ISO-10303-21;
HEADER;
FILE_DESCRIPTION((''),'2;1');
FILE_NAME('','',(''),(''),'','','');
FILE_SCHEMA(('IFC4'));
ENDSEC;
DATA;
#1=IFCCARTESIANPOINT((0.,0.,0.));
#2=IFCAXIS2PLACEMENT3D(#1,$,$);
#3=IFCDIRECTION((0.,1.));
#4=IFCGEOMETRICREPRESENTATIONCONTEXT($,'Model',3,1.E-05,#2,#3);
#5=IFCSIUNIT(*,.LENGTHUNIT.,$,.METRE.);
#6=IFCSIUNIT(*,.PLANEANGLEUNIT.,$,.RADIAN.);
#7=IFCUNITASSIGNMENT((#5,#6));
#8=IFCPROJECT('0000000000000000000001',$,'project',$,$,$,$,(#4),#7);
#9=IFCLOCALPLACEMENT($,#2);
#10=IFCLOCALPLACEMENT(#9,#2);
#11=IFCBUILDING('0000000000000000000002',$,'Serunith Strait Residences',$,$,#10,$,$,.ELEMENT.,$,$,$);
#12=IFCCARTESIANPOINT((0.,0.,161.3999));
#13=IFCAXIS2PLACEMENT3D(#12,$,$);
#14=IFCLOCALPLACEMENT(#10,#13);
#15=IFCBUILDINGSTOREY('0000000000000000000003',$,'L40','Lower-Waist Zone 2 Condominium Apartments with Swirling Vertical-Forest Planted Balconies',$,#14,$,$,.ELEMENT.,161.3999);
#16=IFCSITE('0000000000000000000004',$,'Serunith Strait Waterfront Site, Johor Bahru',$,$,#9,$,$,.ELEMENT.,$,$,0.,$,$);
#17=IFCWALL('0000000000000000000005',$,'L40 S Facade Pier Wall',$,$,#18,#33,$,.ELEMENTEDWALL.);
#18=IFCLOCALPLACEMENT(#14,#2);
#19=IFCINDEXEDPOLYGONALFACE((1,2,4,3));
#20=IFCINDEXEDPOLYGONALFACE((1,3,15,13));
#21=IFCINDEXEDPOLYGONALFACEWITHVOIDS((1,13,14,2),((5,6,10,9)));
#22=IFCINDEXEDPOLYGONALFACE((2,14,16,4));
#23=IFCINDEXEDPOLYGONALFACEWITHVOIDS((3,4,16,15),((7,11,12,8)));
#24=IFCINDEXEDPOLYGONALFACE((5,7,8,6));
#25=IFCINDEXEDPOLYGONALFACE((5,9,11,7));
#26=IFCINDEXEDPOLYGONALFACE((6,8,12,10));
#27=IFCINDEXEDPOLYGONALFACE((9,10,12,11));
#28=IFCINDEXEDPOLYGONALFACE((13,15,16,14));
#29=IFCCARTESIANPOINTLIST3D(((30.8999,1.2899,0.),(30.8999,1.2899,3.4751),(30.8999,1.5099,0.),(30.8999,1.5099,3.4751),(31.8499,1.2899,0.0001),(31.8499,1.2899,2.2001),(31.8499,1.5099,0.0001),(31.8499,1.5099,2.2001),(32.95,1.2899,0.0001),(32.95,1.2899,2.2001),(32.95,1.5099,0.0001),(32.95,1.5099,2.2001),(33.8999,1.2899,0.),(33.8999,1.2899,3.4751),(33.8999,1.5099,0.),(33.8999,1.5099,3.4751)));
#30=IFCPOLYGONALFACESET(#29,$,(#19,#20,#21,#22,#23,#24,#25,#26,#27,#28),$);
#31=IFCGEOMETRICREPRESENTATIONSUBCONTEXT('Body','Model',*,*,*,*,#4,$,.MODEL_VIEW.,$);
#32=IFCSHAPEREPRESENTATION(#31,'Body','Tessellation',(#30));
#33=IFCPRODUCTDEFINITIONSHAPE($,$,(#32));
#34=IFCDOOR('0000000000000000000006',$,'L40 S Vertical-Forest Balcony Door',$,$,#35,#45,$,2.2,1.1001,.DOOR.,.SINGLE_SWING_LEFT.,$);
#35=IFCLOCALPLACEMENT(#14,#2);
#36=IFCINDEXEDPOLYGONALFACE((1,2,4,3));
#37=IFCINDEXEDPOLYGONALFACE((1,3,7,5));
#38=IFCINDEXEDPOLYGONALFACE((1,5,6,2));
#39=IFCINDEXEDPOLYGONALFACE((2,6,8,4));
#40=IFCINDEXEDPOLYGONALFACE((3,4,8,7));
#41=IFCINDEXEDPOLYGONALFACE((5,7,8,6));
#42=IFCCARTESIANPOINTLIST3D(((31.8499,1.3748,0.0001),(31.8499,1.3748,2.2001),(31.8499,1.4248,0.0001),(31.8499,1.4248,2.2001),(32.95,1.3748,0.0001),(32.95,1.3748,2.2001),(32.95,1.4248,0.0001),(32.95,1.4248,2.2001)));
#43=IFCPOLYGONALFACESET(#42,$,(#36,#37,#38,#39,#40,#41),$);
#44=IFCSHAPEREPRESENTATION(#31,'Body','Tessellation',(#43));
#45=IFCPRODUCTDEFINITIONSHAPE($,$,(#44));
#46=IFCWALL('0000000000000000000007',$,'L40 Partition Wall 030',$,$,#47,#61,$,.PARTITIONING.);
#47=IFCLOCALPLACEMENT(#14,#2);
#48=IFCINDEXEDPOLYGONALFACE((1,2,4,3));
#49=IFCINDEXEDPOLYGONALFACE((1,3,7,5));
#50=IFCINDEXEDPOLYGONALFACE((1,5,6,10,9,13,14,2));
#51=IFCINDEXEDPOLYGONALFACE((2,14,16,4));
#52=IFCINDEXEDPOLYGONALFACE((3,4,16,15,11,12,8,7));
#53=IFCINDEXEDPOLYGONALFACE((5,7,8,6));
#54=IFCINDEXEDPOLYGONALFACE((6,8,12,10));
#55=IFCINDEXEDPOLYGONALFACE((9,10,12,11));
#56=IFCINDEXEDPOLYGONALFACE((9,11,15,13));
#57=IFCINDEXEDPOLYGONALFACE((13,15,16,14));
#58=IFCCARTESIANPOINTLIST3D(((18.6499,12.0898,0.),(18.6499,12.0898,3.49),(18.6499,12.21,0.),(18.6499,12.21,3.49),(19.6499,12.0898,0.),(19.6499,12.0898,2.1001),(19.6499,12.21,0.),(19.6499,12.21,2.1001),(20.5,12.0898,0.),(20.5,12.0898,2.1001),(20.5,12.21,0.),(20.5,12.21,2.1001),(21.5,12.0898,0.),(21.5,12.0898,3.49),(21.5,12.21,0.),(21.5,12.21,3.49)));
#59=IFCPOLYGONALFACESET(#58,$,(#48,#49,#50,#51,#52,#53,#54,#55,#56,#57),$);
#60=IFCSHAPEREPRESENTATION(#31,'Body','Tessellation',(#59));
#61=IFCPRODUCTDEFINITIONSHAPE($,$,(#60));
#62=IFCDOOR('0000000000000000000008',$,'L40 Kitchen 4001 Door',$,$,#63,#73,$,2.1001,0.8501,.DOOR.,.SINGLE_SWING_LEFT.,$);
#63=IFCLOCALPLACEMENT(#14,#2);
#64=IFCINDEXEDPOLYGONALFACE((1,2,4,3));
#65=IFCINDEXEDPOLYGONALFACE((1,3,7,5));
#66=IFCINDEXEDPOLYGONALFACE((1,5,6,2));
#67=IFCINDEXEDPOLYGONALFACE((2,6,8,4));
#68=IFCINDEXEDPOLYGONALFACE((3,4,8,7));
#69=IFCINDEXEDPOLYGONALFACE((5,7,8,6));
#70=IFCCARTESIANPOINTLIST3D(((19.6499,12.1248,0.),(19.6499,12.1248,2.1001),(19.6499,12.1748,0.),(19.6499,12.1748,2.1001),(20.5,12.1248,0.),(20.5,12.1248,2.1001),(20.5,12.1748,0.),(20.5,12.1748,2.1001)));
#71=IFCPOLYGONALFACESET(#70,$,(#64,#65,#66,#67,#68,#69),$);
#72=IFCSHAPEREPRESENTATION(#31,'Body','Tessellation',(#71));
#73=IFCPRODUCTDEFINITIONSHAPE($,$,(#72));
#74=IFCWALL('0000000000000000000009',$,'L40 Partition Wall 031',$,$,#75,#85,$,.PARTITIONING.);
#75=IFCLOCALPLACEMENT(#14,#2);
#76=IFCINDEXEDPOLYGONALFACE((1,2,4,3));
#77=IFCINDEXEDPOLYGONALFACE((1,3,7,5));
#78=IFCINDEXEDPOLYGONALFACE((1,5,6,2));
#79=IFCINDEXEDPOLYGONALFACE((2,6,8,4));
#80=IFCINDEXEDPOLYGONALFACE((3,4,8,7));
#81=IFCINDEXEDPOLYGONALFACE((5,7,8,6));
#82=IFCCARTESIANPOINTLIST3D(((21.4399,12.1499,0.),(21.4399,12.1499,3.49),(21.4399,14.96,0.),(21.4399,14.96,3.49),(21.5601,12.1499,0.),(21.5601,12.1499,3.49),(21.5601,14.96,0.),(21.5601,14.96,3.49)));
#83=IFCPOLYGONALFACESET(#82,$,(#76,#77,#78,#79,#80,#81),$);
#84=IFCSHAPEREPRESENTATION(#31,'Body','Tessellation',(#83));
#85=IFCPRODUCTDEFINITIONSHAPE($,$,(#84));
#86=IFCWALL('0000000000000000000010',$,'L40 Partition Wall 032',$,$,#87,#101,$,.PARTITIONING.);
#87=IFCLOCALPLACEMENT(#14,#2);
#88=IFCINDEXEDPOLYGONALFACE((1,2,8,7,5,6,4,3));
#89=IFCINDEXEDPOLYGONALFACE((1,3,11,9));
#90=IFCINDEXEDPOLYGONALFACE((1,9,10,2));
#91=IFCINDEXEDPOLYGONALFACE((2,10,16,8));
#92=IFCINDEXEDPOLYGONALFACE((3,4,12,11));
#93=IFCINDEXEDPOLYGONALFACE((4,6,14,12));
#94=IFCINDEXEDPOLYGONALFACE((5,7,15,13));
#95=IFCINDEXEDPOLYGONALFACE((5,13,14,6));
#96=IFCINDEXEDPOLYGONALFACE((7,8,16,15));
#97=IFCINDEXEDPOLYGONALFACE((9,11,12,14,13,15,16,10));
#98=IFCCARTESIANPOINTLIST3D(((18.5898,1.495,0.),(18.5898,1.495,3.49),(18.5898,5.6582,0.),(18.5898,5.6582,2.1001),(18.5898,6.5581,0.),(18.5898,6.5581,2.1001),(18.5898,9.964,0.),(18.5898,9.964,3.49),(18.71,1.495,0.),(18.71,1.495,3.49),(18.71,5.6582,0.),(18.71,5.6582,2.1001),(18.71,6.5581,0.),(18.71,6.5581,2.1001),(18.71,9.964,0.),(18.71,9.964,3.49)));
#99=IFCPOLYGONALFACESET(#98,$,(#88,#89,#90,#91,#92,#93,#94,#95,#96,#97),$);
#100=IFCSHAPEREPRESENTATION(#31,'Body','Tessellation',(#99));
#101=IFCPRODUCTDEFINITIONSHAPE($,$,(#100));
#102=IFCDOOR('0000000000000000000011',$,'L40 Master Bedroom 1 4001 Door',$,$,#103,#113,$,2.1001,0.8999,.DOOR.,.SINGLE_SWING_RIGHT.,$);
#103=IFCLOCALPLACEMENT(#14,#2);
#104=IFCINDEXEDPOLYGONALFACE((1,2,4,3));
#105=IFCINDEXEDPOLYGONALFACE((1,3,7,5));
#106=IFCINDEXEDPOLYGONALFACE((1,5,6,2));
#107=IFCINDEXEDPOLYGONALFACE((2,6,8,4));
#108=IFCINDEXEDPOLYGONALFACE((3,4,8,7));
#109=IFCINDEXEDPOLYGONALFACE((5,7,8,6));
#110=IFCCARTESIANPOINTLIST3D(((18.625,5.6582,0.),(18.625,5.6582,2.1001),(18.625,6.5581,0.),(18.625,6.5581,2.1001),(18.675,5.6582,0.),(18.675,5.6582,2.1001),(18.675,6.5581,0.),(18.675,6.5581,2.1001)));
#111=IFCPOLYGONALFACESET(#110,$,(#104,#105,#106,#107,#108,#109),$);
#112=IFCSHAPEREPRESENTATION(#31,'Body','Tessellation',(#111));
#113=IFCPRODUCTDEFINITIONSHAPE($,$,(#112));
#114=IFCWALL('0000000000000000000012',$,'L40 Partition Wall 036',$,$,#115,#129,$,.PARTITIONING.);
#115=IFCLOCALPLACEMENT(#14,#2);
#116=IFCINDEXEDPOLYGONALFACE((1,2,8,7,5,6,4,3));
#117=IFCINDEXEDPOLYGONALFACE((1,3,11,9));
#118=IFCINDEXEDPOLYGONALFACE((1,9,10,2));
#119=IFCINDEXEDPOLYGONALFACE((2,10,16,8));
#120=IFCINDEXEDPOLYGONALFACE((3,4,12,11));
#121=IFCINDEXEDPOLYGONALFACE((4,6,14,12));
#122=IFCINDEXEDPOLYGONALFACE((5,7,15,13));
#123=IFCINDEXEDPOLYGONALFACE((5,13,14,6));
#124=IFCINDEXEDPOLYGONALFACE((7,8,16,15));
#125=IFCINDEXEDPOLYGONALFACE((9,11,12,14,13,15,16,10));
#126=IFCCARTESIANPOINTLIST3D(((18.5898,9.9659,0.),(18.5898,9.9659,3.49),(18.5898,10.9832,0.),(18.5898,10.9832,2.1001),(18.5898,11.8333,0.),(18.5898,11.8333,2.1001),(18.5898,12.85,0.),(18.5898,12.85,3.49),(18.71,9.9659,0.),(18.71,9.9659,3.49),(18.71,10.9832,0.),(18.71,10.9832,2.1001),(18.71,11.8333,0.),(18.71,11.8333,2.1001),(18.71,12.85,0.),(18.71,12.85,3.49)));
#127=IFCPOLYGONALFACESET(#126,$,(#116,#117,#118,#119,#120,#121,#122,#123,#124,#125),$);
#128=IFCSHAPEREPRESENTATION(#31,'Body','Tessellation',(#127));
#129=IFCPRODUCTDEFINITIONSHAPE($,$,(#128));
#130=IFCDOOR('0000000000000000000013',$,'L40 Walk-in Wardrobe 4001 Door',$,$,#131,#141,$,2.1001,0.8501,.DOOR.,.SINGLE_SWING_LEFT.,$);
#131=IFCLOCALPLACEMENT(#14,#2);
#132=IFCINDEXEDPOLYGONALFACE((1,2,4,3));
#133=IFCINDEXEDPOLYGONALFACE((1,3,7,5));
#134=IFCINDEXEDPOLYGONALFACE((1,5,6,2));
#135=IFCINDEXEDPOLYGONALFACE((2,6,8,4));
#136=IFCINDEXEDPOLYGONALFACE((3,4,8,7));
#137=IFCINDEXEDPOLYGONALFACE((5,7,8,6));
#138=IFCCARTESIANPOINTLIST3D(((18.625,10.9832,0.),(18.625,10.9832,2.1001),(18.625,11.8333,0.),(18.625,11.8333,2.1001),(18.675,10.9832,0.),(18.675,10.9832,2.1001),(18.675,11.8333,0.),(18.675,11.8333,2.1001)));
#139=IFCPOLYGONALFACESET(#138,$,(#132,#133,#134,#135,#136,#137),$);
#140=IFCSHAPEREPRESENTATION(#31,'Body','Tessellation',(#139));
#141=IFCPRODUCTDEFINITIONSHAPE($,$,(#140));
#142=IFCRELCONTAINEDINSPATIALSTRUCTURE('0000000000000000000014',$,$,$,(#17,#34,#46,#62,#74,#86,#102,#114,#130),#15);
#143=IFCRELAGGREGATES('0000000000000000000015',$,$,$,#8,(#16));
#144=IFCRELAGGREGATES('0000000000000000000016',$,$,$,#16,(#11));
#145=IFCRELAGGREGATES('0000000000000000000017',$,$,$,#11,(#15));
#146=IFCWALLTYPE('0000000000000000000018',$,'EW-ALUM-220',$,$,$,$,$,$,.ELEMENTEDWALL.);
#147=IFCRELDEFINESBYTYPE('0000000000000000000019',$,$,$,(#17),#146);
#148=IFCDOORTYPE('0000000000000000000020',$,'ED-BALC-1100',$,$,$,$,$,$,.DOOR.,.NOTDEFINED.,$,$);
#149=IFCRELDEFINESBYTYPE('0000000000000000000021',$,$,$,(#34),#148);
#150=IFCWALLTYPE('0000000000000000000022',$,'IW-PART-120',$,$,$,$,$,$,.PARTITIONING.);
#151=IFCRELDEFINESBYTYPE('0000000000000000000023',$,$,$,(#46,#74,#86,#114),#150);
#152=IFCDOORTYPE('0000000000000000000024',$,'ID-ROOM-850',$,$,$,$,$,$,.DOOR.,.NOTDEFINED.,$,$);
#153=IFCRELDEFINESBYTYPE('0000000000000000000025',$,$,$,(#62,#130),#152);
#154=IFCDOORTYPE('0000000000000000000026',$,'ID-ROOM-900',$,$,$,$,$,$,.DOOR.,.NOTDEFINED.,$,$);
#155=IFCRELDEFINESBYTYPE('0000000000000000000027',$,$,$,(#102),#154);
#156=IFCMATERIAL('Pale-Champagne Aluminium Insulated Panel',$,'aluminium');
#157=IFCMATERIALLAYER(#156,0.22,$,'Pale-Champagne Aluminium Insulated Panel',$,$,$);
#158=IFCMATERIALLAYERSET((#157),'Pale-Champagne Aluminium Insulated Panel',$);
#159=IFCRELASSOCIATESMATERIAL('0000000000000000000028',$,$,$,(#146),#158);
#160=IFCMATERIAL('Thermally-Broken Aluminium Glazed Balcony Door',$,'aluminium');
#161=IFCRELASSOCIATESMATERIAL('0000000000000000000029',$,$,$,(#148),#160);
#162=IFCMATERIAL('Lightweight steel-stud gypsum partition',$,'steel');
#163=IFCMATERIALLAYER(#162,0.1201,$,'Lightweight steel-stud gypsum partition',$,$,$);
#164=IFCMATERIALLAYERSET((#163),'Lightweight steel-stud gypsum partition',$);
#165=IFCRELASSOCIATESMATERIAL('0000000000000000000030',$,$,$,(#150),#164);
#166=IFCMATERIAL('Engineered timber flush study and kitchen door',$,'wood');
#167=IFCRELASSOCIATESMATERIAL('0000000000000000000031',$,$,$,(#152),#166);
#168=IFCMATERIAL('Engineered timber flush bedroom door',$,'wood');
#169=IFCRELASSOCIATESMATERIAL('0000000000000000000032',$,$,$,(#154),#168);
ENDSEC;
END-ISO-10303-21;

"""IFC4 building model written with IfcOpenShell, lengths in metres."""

from ifc_helpers import new_model, si_unit, direction, frame, frame_2d, origin, place, context, subcontext, project, spatial, rectangle, extrude, source, transform, mapped, material, layer, layer_set, type_object, element, fill, save


model = new_model("IFC4")

# Units and contexts
model_context = context("Model", 3, precision=1e-05, world=origin(), true_north=direction((0.0, 1.0)))
body_context = subcontext(model_context, "Body", "Model", "MODEL_VIEW")
ifc_project = project(units=[si_unit("LENGTHUNIT", "METRE"), si_unit("PLANEANGLEUNIT", "RADIAN")], contexts=[model_context])

# Site, building, storey
site_placement = place(None, origin())
site = spatial("IfcSite", under=ifc_project, at=site_placement, Name="Serunith Strait Waterfront Site, Johor Bahru", CompositionType="ELEMENT", RefElevation=0.0)
building_placement = place(site_placement, origin())
building = spatial("IfcBuilding", under=site, at=building_placement, Name="Serunith Strait Residences", CompositionType="ELEMENT")
storey_placement = place(building_placement, frame((0.0, 0.0, 161.3999)))
storey = spatial("IfcBuildingStorey", under=building, at=storey_placement, Name="L40", Description="Lower-Waist Zone 2 Condominium Apartments with Swirling Vertical-Forest Planted Balconies", CompositionType="ELEMENT", Elevation=161.3999)

# Walls, openings, doors
ifc_material_1 = material(Name="Pale-Champagne Aluminium Insulated Panel", Category="aluminium")
ifc_layer_1 = layer(ifc_material_1, 0.22, Name="Pale-Champagne Aluminium Insulated Panel")
ifc_layer_set_1 = layer_set([ifc_layer_1], Name="Pale-Champagne Aluminium Insulated Panel")
wall_type_1 = type_object("IfcWallType", Name="EW-ALUM-220", PredefinedType="ELEMENTEDWALL", material=ifc_layer_set_1)
wall_1_placement = place(storey_placement, frame((30.8999, 1.3999, 0.0), z_axis=(0.0, 0.0, 1.0), x_axis=(1.0, 0.0, 0.0)))
wall_1 = element("IfcWall", 1, at=wall_1_placement, inside=storey, type_object=wall_type_1, Name="L40 S Facade Pier Wall", PredefinedType="ELEMENTEDWALL", context=body_context, shape_type="SweptSolid", body=[
    extrude(rectangle(XDim=3.0, YDim=0.22, at=frame_2d((1.5, 0.0))), origin(), (0.0, 0.0, 1.0), 3.4751),
])
opening_1_placement = place(wall_1_placement, frame((0.95, 0.0, 0.0)))
opening_1 = element("IfcOpeningElement", 2, at=opening_1_placement, cuts=wall_1, PredefinedType="OPENING", context=body_context, shape_type="SweptSolid", body=[
    extrude(rectangle(XDim=1.1001, YDim=2.2, at=frame_2d((0.55, 1.1001))), frame((0.0, 0.1201, 0.0), z_axis=(0.0, -1.0, 0.0), x_axis=(1.0, 0.0, 0.0)), (0.0, 0.0, 1.0), 0.24),
])
ifc_material_2 = material(Name="Thermally-Broken Aluminium Glazed Balcony Door", Category="aluminium")
door_type_1 = type_object("IfcDoorType", Name="ED-BALC-1100", OperationType="NOTDEFINED", PredefinedType="DOOR", material=ifc_material_2)
shared_shape_1 = source(origin(), body_context, "Body", "SweptSolid", [
    extrude(rectangle(XDim=1.1001, YDim=2.2, at=frame_2d((0.55, 1.1001))), frame((0.0, 0.0249, 0.0), z_axis=(0.0, -1.0, 0.0), x_axis=(1.0, 0.0, 0.0)), (0.0, 0.0, 1.0), 0.05),
])
door_1_placement = place(opening_1_placement, origin())
door_1 = element("IfcDoor", 3, at=door_1_placement, inside=storey, type_object=door_type_1, Name="L40 S Vertical-Forest Balcony Door", OperationType="SINGLE_SWING_LEFT", OverallHeight=2.2, OverallWidth=1.1001, PredefinedType="DOOR", context=body_context, shape_type="MappedRepresentation", body=[
    mapped(shared_shape_1, transform((0.0, 0.0, 0.0), scale=1.0)),
])
fill(opening_1, door_1)
ifc_material_3 = material(Name="Lightweight steel-stud gypsum partition", Category="steel")
ifc_layer_2 = layer(ifc_material_3, 0.1201, Name="Lightweight steel-stud gypsum partition")
ifc_layer_set_2 = layer_set([ifc_layer_2], Name="Lightweight steel-stud gypsum partition")
wall_type_2 = type_object("IfcWallType", Name="IW-PART-120", PredefinedType="PARTITIONING", material=ifc_layer_set_2)
wall_2_placement = place(storey_placement, frame((18.6499, 12.1499, 0.0), z_axis=(0.0, 0.0, 1.0), x_axis=(1.0, 0.0, 0.0)))
wall_2 = element("IfcWall", 4, at=wall_2_placement, inside=storey, type_object=wall_type_2, Name="L40 Partition Wall 030", PredefinedType="PARTITIONING", context=body_context, shape_type="SweptSolid", body=[
    extrude(rectangle(XDim=2.8501, YDim=0.1201, at=frame_2d((1.425, 0.0))), origin(), (0.0, 0.0, 1.0), 3.49),
])
opening_2_placement = place(wall_2_placement, frame((1.0, 0.0, 0.0)))
opening_2 = element("IfcOpeningElement", 5, at=opening_2_placement, cuts=wall_2, PredefinedType="OPENING", context=body_context, shape_type="SweptSolid", body=[
    extrude(rectangle(XDim=0.8501, YDim=2.1001, at=frame_2d((0.425, 1.05))), frame((0.0, 0.0701, 0.0), z_axis=(0.0, -1.0, 0.0), x_axis=(1.0, 0.0, 0.0)), (0.0, 0.0, 1.0), 0.1401),
])
ifc_material_4 = material(Name="Engineered timber flush study and kitchen door", Category="wood")
door_type_2 = type_object("IfcDoorType", Name="ID-ROOM-850", OperationType="NOTDEFINED", PredefinedType="DOOR", material=ifc_material_4)
shared_shape_2 = source(origin(), body_context, "Body", "SweptSolid", [
    extrude(rectangle(XDim=0.8501, YDim=2.1001, at=frame_2d((0.425, 1.05))), frame((0.0, 0.0249, 0.0), z_axis=(0.0, -1.0, 0.0), x_axis=(1.0, 0.0, 0.0)), (0.0, 0.0, 1.0), 0.05),
])
door_2_placement = place(opening_2_placement, origin())
door_2 = element("IfcDoor", 6, at=door_2_placement, inside=storey, type_object=door_type_2, Name="L40 Kitchen 4001 Door", OperationType="SINGLE_SWING_LEFT", OverallHeight=2.1001, OverallWidth=0.8501, PredefinedType="DOOR", context=body_context, shape_type="MappedRepresentation", body=[
    mapped(shared_shape_2, transform((0.0, 0.0, 0.0), scale=1.0)),
])
fill(opening_2, door_2)

# Wall
wall_3_placement = place(storey_placement, frame((21.5, 12.1499, 0.0), z_axis=(0.0, 0.0, 1.0), x_axis=(0.0, 1.0, 0.0)))
element("IfcWall", 7, at=wall_3_placement, inside=storey, type_object=wall_type_2, Name="L40 Partition Wall 031", PredefinedType="PARTITIONING", context=body_context, shape_type="SweptSolid", body=[
    extrude(rectangle(XDim=2.8101, YDim=0.1201, at=frame_2d((1.405, 0.0))), origin(), (0.0, 0.0, 1.0), 3.49),
])

# Walls, openings, doors
wall_4_placement = place(storey_placement, frame((18.6499, 1.4951, 0.0), z_axis=(0.0, 0.0, 1.0), x_axis=(0.0, 1.0, 0.0)))
wall_4 = element("IfcWall", 8, at=wall_4_placement, inside=storey, type_object=wall_type_2, Name="L40 Partition Wall 032", PredefinedType="PARTITIONING", context=body_context, shape_type="SweptSolid", body=[
    extrude(rectangle(XDim=8.469, YDim=0.1201, at=frame_2d((4.2344, 0.0))), origin(), (0.0, 0.0, 1.0), 3.49),
])
opening_3_placement = place(wall_4_placement, frame((4.1631, 0.0, 0.0)))
opening_3 = element("IfcOpeningElement", 9, at=opening_3_placement, cuts=wall_4, PredefinedType="OPENING", context=body_context, shape_type="SweptSolid", body=[
    extrude(rectangle(XDim=0.8999, YDim=2.1001, at=frame_2d((0.45, 1.05))), frame((0.0, 0.0701, 0.0), z_axis=(0.0, -1.0, 0.0), x_axis=(1.0, 0.0, 0.0)), (0.0, 0.0, 1.0), 0.1401),
])
ifc_material_5 = material(Name="Engineered timber flush bedroom door", Category="wood")
door_type_3 = type_object("IfcDoorType", Name="ID-ROOM-900", OperationType="NOTDEFINED", PredefinedType="DOOR", material=ifc_material_5)
shared_shape_3 = source(origin(), body_context, "Body", "SweptSolid", [
    extrude(rectangle(XDim=0.8999, YDim=2.1001, at=frame_2d((0.45, 1.05))), frame((0.0, 0.0249, 0.0), z_axis=(0.0, -1.0, 0.0), x_axis=(1.0, 0.0, 0.0)), (0.0, 0.0, 1.0), 0.05),
])
door_3_placement = place(opening_3_placement, origin())
door_3 = element("IfcDoor", 10, at=door_3_placement, inside=storey, type_object=door_type_3, Name="L40 Master Bedroom 1 4001 Door", OperationType="SINGLE_SWING_RIGHT", OverallHeight=2.1001, OverallWidth=0.8999, PredefinedType="DOOR", context=body_context, shape_type="MappedRepresentation", body=[
    mapped(shared_shape_3, transform((0.0, 0.0, 0.0), scale=1.0)),
])
fill(opening_3, door_3)
wall_5_placement = place(storey_placement, frame((18.6499, 9.9661, 0.0), z_axis=(0.0, 0.0, 1.0), x_axis=(0.0, 1.0, 0.0)))
wall_5 = element("IfcWall", 11, at=wall_5_placement, inside=storey, type_object=wall_type_2, Name="L40 Partition Wall 036", PredefinedType="PARTITIONING", context=body_context, shape_type="SweptSolid", body=[
    extrude(rectangle(XDim=2.884, YDim=0.1201, at=frame_2d((1.4419, 0.0))), origin(), (0.0, 0.0, 1.0), 3.49),
])
opening_4_placement = place(wall_5_placement, frame((1.0171, 0.0, 0.0)))
opening_4 = element("IfcOpeningElement", 12, at=opening_4_placement, cuts=wall_5, PredefinedType="OPENING", context=body_context, shape_type="SweptSolid", body=[
    extrude(rectangle(XDim=0.8501, YDim=2.1001, at=frame_2d((0.425, 1.05))), frame((0.0, 0.0701, 0.0), z_axis=(0.0, -1.0, 0.0), x_axis=(1.0, 0.0, 0.0)), (0.0, 0.0, 1.0), 0.1401),
])
door_4_placement = place(opening_4_placement, origin())
door_4 = element("IfcDoor", 13, at=door_4_placement, inside=storey, type_object=door_type_2, Name="L40 Walk-in Wardrobe 4001 Door", OperationType="SINGLE_SWING_LEFT", OverallHeight=2.1001, OverallWidth=0.8501, PredefinedType="DOOR", context=body_context, shape_type="MappedRepresentation", body=[
    mapped(shared_shape_2, transform((0.0, 0.0, 0.0), scale=1.0)),
])
fill(opening_4, door_4)

save(model, "model.ifc")
